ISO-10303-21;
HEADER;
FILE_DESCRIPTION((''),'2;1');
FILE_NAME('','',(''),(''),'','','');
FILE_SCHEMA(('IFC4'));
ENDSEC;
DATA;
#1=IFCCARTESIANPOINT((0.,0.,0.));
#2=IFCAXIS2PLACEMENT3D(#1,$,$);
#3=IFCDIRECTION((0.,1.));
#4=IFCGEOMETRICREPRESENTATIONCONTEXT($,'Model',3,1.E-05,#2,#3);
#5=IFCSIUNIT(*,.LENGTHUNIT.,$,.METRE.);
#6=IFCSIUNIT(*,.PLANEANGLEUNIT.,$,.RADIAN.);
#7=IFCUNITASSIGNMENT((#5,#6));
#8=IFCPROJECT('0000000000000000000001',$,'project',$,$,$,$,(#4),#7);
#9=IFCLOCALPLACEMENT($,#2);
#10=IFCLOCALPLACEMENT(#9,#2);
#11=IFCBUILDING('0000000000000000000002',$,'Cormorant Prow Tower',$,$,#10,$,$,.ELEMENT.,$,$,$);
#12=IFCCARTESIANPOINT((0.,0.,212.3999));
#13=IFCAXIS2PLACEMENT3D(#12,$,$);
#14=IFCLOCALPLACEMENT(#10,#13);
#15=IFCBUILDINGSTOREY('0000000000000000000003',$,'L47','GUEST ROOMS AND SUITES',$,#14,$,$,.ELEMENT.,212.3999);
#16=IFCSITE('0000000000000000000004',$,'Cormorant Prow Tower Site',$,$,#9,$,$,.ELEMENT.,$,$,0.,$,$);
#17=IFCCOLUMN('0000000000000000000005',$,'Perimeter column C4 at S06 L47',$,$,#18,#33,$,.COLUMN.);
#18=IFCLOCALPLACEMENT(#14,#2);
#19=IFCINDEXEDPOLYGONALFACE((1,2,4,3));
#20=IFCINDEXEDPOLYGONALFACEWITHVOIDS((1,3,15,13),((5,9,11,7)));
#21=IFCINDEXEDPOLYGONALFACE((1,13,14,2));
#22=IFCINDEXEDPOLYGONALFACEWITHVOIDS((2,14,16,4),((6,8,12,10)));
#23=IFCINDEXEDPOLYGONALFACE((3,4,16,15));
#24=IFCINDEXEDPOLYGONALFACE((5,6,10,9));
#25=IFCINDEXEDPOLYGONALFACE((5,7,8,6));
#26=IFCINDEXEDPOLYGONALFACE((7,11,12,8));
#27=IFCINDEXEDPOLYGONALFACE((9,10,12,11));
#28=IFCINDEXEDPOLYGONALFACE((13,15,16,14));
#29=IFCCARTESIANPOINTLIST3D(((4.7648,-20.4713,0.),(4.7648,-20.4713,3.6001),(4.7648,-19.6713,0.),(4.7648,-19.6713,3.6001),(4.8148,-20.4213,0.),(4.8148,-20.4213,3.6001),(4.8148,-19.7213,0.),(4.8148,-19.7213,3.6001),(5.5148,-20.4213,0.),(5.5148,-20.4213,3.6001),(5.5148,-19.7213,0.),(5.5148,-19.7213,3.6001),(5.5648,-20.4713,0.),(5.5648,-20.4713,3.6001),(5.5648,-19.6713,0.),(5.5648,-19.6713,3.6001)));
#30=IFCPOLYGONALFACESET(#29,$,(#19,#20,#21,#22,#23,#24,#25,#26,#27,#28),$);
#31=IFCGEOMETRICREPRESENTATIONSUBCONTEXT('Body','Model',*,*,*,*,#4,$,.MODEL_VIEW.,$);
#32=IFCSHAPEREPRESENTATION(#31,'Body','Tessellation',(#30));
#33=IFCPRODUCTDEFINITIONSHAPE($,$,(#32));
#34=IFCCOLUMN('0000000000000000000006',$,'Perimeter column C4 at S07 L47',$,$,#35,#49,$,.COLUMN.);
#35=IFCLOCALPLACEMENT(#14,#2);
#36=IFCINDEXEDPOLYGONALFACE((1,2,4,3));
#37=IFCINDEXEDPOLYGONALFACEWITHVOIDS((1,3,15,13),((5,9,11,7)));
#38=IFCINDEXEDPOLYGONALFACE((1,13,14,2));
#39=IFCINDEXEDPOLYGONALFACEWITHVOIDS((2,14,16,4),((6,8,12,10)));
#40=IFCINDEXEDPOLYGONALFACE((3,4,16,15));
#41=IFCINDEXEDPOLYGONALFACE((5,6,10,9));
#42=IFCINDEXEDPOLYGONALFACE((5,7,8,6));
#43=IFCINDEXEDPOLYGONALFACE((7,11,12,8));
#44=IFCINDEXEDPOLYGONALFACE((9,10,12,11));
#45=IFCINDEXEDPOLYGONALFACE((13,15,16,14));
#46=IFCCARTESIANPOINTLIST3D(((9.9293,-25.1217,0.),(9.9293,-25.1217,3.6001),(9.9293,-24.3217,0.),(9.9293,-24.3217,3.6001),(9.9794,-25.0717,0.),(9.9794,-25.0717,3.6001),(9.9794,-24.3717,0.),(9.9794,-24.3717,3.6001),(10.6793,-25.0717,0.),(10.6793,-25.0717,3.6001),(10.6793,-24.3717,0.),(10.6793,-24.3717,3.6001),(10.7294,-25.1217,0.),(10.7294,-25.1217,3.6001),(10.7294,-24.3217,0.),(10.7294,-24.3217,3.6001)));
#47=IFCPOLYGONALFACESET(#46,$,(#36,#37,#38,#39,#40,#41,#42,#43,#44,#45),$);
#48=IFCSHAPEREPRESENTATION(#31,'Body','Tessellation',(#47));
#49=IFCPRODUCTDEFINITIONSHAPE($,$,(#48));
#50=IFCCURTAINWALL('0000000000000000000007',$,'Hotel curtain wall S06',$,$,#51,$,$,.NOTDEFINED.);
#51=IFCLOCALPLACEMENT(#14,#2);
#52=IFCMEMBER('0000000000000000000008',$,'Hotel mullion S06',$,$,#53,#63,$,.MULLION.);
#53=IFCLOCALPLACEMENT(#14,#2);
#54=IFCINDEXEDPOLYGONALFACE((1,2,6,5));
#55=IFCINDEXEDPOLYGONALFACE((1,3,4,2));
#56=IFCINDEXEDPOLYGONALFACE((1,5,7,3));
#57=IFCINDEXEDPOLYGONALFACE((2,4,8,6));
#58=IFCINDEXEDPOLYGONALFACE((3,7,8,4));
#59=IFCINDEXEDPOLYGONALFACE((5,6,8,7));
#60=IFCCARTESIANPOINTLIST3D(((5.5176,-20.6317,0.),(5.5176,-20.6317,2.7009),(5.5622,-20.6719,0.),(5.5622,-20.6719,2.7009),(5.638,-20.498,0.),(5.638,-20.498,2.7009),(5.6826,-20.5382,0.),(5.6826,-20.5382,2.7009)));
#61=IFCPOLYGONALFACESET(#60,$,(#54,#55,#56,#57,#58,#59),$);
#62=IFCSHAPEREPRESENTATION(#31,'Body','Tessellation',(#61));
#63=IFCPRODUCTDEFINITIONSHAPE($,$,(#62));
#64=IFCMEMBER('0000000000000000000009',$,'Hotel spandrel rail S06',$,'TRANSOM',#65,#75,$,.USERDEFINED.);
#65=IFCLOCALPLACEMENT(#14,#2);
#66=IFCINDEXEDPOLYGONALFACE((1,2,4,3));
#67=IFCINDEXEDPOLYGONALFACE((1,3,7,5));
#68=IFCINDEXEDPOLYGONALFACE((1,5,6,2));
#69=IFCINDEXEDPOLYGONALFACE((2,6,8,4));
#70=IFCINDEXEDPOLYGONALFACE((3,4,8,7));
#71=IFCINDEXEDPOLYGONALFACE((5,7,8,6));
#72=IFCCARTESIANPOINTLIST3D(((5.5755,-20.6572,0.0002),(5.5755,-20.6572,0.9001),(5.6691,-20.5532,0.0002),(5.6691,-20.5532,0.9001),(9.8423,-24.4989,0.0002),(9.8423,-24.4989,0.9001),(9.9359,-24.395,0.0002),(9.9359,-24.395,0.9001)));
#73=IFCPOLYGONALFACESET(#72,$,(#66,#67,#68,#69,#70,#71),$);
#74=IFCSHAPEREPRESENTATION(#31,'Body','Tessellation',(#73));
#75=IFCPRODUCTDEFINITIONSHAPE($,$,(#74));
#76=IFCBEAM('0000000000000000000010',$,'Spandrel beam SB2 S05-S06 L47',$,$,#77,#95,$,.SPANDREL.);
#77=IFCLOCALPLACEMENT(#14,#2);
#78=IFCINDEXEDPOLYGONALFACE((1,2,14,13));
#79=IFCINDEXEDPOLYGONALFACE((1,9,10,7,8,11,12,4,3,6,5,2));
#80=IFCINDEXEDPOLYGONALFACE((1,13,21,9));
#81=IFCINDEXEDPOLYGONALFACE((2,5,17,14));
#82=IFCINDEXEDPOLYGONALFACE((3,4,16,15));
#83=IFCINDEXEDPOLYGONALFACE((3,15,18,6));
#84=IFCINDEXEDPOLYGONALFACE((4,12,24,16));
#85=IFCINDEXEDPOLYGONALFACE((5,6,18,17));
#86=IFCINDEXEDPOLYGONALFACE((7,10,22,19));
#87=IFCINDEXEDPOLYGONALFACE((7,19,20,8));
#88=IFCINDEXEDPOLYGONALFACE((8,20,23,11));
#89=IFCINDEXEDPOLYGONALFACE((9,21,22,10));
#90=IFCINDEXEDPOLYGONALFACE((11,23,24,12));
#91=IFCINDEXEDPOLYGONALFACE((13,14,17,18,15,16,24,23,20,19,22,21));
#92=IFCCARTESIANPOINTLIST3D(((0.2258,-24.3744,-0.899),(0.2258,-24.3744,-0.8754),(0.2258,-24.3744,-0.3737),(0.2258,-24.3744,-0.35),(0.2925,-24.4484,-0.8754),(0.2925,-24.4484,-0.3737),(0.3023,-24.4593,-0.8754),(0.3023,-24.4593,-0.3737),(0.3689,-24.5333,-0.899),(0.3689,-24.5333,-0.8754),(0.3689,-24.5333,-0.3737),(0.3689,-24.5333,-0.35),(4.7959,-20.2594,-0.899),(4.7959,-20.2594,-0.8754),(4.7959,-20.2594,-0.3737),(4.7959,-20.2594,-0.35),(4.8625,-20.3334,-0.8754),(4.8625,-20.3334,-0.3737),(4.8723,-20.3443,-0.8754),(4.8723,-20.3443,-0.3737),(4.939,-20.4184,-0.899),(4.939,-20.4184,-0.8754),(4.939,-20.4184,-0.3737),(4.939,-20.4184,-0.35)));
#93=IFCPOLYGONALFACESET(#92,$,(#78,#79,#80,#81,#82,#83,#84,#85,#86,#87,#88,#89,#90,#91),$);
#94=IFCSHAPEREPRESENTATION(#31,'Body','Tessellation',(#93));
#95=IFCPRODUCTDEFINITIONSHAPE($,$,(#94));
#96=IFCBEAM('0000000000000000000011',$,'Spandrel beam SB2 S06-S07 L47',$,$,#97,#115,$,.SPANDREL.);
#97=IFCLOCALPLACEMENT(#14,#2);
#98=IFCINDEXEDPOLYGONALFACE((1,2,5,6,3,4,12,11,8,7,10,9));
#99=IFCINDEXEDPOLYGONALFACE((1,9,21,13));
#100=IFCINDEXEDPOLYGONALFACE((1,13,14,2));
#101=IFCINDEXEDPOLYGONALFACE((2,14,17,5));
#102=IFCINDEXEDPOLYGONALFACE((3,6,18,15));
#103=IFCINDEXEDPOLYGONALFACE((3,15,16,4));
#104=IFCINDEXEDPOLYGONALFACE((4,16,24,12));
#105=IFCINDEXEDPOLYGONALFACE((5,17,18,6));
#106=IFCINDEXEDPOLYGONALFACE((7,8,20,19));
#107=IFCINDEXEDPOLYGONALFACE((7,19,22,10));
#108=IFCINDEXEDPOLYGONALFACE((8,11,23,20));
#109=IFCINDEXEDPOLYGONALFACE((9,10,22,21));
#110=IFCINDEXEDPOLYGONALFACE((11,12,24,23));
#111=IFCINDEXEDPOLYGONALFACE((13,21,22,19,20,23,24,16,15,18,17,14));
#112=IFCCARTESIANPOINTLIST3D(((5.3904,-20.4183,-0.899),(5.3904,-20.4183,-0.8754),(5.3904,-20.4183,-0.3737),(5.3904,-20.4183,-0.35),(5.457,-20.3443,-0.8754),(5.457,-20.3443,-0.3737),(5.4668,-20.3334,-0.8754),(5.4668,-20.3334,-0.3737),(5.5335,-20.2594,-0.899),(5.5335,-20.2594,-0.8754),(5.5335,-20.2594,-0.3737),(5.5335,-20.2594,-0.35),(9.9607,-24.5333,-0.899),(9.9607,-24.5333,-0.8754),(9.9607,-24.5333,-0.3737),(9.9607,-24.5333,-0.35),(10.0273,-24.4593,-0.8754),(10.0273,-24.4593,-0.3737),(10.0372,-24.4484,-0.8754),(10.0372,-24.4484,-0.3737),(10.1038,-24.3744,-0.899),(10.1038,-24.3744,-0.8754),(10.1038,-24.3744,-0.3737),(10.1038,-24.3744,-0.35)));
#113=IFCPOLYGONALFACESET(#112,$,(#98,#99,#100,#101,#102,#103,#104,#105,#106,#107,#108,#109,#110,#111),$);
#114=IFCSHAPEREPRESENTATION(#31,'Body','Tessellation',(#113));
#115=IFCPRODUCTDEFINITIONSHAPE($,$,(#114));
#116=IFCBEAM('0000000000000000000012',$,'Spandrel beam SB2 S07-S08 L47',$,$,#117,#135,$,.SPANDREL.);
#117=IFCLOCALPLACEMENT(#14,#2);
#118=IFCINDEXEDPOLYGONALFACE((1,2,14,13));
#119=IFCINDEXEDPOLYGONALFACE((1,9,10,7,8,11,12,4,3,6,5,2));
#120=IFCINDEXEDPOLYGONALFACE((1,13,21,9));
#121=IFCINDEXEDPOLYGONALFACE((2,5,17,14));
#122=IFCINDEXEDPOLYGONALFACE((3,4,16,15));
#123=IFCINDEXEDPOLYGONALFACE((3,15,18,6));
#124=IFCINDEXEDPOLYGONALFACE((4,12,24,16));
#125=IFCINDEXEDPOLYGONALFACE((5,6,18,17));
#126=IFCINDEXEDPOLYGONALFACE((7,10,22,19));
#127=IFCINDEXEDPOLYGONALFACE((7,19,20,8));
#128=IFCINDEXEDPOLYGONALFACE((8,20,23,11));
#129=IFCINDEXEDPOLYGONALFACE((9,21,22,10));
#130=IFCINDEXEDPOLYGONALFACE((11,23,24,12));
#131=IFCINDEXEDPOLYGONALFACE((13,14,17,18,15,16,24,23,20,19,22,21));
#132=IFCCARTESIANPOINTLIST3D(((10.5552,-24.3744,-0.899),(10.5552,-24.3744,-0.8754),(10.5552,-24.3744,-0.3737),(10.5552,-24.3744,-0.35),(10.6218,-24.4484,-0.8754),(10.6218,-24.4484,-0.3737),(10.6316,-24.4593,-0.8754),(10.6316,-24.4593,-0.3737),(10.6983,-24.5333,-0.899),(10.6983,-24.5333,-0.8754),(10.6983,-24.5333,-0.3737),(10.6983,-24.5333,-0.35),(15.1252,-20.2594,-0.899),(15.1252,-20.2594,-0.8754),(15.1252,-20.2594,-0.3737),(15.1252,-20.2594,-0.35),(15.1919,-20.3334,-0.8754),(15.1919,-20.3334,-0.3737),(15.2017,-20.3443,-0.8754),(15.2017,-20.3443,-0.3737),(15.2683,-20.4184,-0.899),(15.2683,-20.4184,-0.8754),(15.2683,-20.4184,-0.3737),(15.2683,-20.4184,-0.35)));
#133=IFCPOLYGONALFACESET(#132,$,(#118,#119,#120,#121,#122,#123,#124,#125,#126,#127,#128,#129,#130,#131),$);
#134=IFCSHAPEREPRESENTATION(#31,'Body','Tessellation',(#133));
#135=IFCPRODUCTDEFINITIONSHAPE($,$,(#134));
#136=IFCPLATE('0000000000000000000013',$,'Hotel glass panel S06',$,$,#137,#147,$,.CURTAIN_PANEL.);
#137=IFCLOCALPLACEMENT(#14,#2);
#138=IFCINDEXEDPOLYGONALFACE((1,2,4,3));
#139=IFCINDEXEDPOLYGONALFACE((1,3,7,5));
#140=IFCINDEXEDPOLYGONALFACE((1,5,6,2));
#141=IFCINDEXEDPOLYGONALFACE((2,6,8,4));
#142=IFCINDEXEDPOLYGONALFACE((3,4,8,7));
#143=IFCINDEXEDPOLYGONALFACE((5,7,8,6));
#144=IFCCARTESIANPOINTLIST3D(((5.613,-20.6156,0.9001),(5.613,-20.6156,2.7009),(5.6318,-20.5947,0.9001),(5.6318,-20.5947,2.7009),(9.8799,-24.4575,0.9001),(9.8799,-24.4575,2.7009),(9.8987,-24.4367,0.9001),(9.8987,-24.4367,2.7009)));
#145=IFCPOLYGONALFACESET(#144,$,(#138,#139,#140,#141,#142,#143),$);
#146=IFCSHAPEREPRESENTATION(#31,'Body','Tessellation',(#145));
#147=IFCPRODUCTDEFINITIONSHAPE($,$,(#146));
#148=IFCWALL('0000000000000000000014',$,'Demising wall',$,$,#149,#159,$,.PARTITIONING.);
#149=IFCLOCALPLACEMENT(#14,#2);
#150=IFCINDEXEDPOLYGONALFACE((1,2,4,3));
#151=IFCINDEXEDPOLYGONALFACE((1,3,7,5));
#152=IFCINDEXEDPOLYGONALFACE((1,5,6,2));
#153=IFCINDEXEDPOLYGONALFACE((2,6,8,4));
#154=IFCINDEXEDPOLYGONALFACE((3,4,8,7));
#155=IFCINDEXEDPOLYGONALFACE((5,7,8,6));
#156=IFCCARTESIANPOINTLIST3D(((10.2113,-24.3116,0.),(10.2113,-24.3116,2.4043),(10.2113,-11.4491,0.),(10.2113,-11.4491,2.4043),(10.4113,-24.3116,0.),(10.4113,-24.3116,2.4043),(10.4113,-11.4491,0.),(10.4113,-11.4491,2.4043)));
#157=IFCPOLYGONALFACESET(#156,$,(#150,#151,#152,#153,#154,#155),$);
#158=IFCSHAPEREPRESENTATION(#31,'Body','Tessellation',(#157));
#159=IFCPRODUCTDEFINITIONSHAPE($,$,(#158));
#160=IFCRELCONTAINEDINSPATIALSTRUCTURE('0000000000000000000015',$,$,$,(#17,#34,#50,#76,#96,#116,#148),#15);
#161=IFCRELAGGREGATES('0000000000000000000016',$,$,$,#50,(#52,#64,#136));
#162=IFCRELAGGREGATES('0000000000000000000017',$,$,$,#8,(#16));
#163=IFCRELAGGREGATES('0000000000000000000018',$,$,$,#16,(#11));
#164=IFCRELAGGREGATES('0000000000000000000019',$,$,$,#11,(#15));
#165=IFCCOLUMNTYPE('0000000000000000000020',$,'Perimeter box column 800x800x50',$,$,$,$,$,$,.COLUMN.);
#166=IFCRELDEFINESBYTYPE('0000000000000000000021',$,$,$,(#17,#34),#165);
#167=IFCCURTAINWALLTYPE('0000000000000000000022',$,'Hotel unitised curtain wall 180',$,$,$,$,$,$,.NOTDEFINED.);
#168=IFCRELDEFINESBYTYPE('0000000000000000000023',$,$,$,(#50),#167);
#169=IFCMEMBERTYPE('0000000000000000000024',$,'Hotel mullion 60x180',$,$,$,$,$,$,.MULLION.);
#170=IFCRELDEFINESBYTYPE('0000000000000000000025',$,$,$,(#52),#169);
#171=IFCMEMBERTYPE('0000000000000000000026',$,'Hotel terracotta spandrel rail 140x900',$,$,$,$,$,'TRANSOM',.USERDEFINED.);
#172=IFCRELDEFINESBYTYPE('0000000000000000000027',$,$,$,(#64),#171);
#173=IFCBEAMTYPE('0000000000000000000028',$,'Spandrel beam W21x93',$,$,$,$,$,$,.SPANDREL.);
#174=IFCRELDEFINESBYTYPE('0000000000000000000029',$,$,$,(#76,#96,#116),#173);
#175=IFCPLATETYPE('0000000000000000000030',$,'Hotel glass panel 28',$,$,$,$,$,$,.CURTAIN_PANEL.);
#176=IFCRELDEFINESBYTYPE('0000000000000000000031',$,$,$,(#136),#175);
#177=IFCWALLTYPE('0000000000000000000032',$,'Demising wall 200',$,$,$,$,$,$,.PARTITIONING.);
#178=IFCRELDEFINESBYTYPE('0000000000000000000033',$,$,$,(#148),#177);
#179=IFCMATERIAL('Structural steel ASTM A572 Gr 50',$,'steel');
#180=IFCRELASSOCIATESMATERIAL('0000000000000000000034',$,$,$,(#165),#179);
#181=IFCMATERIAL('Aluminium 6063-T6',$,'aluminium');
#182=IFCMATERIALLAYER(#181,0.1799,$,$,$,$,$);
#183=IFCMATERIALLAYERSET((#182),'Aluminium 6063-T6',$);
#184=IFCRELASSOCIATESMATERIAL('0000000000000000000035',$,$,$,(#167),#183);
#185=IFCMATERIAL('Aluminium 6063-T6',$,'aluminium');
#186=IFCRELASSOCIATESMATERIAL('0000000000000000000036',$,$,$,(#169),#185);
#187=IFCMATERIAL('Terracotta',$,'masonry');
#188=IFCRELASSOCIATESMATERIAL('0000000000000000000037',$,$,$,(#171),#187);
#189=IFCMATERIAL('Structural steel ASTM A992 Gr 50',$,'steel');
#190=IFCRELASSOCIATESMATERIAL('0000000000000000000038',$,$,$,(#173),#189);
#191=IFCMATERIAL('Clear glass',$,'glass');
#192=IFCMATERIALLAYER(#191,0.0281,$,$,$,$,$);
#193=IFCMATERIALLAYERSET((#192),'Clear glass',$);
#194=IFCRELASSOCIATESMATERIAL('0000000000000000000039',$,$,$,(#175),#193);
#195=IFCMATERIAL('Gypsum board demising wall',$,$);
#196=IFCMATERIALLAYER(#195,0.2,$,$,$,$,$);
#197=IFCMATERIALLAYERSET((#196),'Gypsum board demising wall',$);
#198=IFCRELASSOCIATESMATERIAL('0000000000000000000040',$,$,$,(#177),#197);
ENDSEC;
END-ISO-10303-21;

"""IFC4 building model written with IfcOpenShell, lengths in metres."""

from ifc_helpers import new_model, si_unit, direction, frame, frame_2d, origin, origin_2d, place, context, subcontext, project, spatial, rectangle, hollow_rectangle, i_section, extrude, material, layer, layer_set, material_profile, profile_set, type_object, element, aggregate, save


model = new_model("IFC4")

# Units and contexts
model_context = context("Model", 3, precision=1e-05, world=origin(), true_north=direction((0.0, 1.0)))
body_context = subcontext(model_context, "Body", "Model", "MODEL_VIEW")
ifc_project = project(units=[si_unit("LENGTHUNIT", "METRE"), si_unit("PLANEANGLEUNIT", "RADIAN")], contexts=[model_context])

# Site, building, storey
site_placement = place(None, origin())
site = spatial("IfcSite", under=ifc_project, at=site_placement, Name="Cormorant Prow Tower Site", CompositionType="ELEMENT", RefElevation=0.0)
building_placement = place(site_placement, origin())
building = spatial("IfcBuilding", under=site, at=building_placement, Name="Cormorant Prow Tower", CompositionType="ELEMENT")
storey_placement = place(building_placement, frame((0.0, 0.0, 212.3999)))
storey = spatial("IfcBuildingStorey", under=building, at=storey_placement, Name="L47", Description="GUEST ROOMS AND SUITES", CompositionType="ELEMENT", Elevation=212.3999)

# Columns
ifc_material_1 = material(Name="Structural steel ASTM A572 Gr 50", Category="steel")
ifc_material_profile_1 = material_profile(ifc_material_1, hollow_rectangle(XDim=0.8, YDim=0.8, WallThickness=0.05, at=origin_2d()), Name="Box 800x800x50")
ifc_profile_set_1 = profile_set([ifc_material_profile_1], Name="Structural steel ASTM A572 Gr 50")
column_type = type_object("IfcColumnType", Name="Perimeter box column 800x800x50", PredefinedType="COLUMN", material=ifc_profile_set_1)
for number, where, z_axis, x_axis, name in (
    (1, (5.1648, -20.0713, 0.0), (0.0, 0.0, 1.0), (1.0, 0.0, 0.0), "Perimeter column C4 at S06 L47"),
    (2, (10.3293, -24.7217, 0.0), (0.0, 0.0, 1.0), (1.0, 0.0, 0.0), "Perimeter column C4 at S07 L47"),
):
    element("IfcColumn", number, at=place(storey_placement, frame(where, z_axis=z_axis, x_axis=x_axis)), inside=storey, type_object=column_type, Name=name, PredefinedType="COLUMN", context=body_context, shape_type="SweptSolid", body=[
        extrude(hollow_rectangle(XDim=0.8, YDim=0.8, WallThickness=0.05, at=origin_2d()), origin(), (0.0, 0.0, 1.0), 3.6001),
    ])

# Curtain wall, members
ifc_material_2 = material(Name="Aluminium 6063-T6", Category="aluminium")
ifc_layer_1 = layer(ifc_material_2, 0.1799)
ifc_layer_set_1 = layer_set([ifc_layer_1], Name="Aluminium 6063-T6")
curtain_wall_type = type_object("IfcCurtainWallType", Name="Hotel unitised curtain wall 180", PredefinedType="NOTDEFINED", material=ifc_layer_set_1)
curtain_wall_placement = place(storey_placement, origin())
curtain_wall = element("IfcCurtainWall", 3, at=curtain_wall_placement, inside=storey, type_object=curtain_wall_type, Name="Hotel curtain wall S06", PredefinedType="NOTDEFINED")
ifc_material_3 = material(Name="Aluminium 6063-T6", Category="aluminium")
ifc_material_profile_2 = material_profile(ifc_material_3, rectangle(XDim=0.1799, YDim=0.0601, at=origin_2d()), Name="Hotel mullion 60x180")
ifc_profile_set_2 = profile_set([ifc_material_profile_2], Name="Aluminium 6063-T6")
member_type_1 = type_object("IfcMemberType", Name="Hotel mullion 60x180", PredefinedType="MULLION", material=ifc_profile_set_2)
member_1_placement = place(storey_placement, frame((5.6001, -20.585, 0.0), z_axis=(0.0, 0.0, 1.0), x_axis=(0.669131, 0.743145, 0.0)))
member_1 = element("IfcMember", 4, at=member_1_placement, type_object=member_type_1, Name="Hotel mullion S06", PredefinedType="MULLION", context=body_context, shape_type="SweptSolid", body=[
    extrude(rectangle(XDim=0.1799, YDim=0.0601, at=origin_2d()), origin(), (0.0, 0.0, 1.0), 2.7009),
])
ifc_material_4 = material(Name="Terracotta", Category="masonry")
ifc_material_profile_3 = material_profile(ifc_material_4, rectangle(XDim=0.1399, YDim=0.8999, at=origin_2d()), Name="Hotel terracotta spandrel rail 140x900")
ifc_profile_set_3 = profile_set([ifc_material_profile_3], Name="Terracotta")
member_type_2 = type_object("IfcMemberType", Name="Hotel terracotta spandrel rail 140x900", ElementType="TRANSOM", PredefinedType="USERDEFINED", material=ifc_profile_set_3)
member_2_placement = place(storey_placement, frame((5.6223, -20.6052, 0.4502), z_axis=(0.743152, -0.669122, 0.0), x_axis=(0.669122, 0.743152, 0.0)))
member_2 = element("IfcMember", 5, at=member_2_placement, type_object=member_type_2, Name="Hotel spandrel rail S06", ObjectType="TRANSOM", PredefinedType="USERDEFINED", context=body_context, shape_type="SweptSolid", body=[
    extrude(rectangle(XDim=0.1399, YDim=0.8999, at=origin_2d()), origin(), (0.0, 0.0, 1.0), 5.7415),
])

# Beams
ifc_material_5 = material(Name="Structural steel ASTM A992 Gr 50", Category="steel")
ifc_material_profile_4 = material_profile(ifc_material_5, i_section(OverallWidth=0.2139, OverallDepth=0.5491, WebThickness=0.0146, FlangeThickness=0.0237, at=origin_2d()), Name="W21x93")
ifc_profile_set_4 = profile_set([ifc_material_profile_4], Name="Structural steel ASTM A992 Gr 50")
beam_type = type_object("IfcBeamType", Name="Spandrel beam W21x93", PredefinedType="SPANDREL", material=ifc_profile_set_4)
beam_1_placement = place(storey_placement, frame((0.2974, -24.4539, -0.6245), z_axis=(0.743138, 0.669138, 0.0), x_axis=(-0.669138, 0.743138, 0.0)))
element("IfcBeam", 6, at=beam_1_placement, inside=storey, type_object=beam_type, Name="Spandrel beam SB2 S05-S06 L47", PredefinedType="SPANDREL", context=body_context, shape_type="SweptSolid", body=[
    extrude(i_section(OverallWidth=0.2139, OverallDepth=0.5491, WebThickness=0.0146, FlangeThickness=0.0237, at=origin_2d()), origin(), (0.0, 0.0, 1.0), 6.1497),
])
beam_2_placement = place(storey_placement, frame((5.4619, -20.3389, -0.6245), z_axis=(0.743156, -0.669118, 0.0), x_axis=(0.669118, 0.743156, 0.0)))
element("IfcBeam", 7, at=beam_2_placement, inside=storey, type_object=beam_type, Name="Spandrel beam SB2 S06-S07 L47", PredefinedType="SPANDREL", context=body_context, shape_type="SweptSolid", body=[
    extrude(i_section(OverallWidth=0.2139, OverallDepth=0.5491, WebThickness=0.0146, FlangeThickness=0.0237, at=origin_2d()), origin(), (0.0, 0.0, 1.0), 6.1499),
])
beam_3_placement = place(storey_placement, frame((10.6267, -24.4539, -0.6245), z_axis=(0.743138, 0.669138, 0.0), x_axis=(-0.669138, 0.743138, 0.0)))
element("IfcBeam", 8, at=beam_3_placement, inside=storey, type_object=beam_type, Name="Spandrel beam SB2 S07-S08 L47", PredefinedType="SPANDREL", context=body_context, shape_type="SweptSolid", body=[
    extrude(i_section(OverallWidth=0.2139, OverallDepth=0.5491, WebThickness=0.0146, FlangeThickness=0.0237, at=origin_2d()), origin(), (0.0, 0.0, 1.0), 6.1497),
])

# Plate
ifc_material_6 = material(Name="Clear glass", Category="glass")
ifc_layer_2 = layer(ifc_material_6, 0.0281)
ifc_layer_set_2 = layer_set([ifc_layer_2], Name="Clear glass")
plate_type = type_object("IfcPlateType", Name="Hotel glass panel 28", PredefinedType="CURTAIN_PANEL", material=ifc_layer_set_2)
plate_placement = place(storey_placement, frame((7.7559, -22.5261, 0.9001), z_axis=(0.0, 0.0, 1.0), x_axis=(0.743145, -0.669131, 0.0)))
plate = element("IfcPlate", 9, at=plate_placement, type_object=plate_type, Name="Hotel glass panel S06", PredefinedType="CURTAIN_PANEL", context=body_context, shape_type="SweptSolid", body=[
    extrude(rectangle(XDim=5.7417, YDim=0.0281, at=origin_2d()), origin(), (0.0, 0.0, 1.0), 1.8008),
])
aggregate(curtain_wall, [member_1, member_2, plate])

# Wall
ifc_material_7 = material(Name="Gypsum board demising wall")
ifc_layer_3 = layer(ifc_material_7, 0.2)
ifc_layer_set_3 = layer_set([ifc_layer_3], Name="Gypsum board demising wall")
wall_type_1 = type_object("IfcWallType", Name="Demising wall 200", PredefinedType="PARTITIONING", material=ifc_layer_set_3)
wall_1_placement = place(storey_placement, frame((10.3113, -24.3115, 0.0), z_axis=(0.0, 0.0, 1.0), x_axis=(0.0, 1.0, 0.0)))
element("IfcWall", 10, at=wall_1_placement, inside=storey, type_object=wall_type_1, Name="Demising wall", PredefinedType="PARTITIONING", context=body_context, shape_type="SweptSolid", body=[
    extrude(rectangle(XDim=12.8625, YDim=0.2, at=frame_2d((6.4312, 0.0))), origin(), (0.0, 0.0, 1.0), 2.4043),
])

save(model, "model.ifc")
